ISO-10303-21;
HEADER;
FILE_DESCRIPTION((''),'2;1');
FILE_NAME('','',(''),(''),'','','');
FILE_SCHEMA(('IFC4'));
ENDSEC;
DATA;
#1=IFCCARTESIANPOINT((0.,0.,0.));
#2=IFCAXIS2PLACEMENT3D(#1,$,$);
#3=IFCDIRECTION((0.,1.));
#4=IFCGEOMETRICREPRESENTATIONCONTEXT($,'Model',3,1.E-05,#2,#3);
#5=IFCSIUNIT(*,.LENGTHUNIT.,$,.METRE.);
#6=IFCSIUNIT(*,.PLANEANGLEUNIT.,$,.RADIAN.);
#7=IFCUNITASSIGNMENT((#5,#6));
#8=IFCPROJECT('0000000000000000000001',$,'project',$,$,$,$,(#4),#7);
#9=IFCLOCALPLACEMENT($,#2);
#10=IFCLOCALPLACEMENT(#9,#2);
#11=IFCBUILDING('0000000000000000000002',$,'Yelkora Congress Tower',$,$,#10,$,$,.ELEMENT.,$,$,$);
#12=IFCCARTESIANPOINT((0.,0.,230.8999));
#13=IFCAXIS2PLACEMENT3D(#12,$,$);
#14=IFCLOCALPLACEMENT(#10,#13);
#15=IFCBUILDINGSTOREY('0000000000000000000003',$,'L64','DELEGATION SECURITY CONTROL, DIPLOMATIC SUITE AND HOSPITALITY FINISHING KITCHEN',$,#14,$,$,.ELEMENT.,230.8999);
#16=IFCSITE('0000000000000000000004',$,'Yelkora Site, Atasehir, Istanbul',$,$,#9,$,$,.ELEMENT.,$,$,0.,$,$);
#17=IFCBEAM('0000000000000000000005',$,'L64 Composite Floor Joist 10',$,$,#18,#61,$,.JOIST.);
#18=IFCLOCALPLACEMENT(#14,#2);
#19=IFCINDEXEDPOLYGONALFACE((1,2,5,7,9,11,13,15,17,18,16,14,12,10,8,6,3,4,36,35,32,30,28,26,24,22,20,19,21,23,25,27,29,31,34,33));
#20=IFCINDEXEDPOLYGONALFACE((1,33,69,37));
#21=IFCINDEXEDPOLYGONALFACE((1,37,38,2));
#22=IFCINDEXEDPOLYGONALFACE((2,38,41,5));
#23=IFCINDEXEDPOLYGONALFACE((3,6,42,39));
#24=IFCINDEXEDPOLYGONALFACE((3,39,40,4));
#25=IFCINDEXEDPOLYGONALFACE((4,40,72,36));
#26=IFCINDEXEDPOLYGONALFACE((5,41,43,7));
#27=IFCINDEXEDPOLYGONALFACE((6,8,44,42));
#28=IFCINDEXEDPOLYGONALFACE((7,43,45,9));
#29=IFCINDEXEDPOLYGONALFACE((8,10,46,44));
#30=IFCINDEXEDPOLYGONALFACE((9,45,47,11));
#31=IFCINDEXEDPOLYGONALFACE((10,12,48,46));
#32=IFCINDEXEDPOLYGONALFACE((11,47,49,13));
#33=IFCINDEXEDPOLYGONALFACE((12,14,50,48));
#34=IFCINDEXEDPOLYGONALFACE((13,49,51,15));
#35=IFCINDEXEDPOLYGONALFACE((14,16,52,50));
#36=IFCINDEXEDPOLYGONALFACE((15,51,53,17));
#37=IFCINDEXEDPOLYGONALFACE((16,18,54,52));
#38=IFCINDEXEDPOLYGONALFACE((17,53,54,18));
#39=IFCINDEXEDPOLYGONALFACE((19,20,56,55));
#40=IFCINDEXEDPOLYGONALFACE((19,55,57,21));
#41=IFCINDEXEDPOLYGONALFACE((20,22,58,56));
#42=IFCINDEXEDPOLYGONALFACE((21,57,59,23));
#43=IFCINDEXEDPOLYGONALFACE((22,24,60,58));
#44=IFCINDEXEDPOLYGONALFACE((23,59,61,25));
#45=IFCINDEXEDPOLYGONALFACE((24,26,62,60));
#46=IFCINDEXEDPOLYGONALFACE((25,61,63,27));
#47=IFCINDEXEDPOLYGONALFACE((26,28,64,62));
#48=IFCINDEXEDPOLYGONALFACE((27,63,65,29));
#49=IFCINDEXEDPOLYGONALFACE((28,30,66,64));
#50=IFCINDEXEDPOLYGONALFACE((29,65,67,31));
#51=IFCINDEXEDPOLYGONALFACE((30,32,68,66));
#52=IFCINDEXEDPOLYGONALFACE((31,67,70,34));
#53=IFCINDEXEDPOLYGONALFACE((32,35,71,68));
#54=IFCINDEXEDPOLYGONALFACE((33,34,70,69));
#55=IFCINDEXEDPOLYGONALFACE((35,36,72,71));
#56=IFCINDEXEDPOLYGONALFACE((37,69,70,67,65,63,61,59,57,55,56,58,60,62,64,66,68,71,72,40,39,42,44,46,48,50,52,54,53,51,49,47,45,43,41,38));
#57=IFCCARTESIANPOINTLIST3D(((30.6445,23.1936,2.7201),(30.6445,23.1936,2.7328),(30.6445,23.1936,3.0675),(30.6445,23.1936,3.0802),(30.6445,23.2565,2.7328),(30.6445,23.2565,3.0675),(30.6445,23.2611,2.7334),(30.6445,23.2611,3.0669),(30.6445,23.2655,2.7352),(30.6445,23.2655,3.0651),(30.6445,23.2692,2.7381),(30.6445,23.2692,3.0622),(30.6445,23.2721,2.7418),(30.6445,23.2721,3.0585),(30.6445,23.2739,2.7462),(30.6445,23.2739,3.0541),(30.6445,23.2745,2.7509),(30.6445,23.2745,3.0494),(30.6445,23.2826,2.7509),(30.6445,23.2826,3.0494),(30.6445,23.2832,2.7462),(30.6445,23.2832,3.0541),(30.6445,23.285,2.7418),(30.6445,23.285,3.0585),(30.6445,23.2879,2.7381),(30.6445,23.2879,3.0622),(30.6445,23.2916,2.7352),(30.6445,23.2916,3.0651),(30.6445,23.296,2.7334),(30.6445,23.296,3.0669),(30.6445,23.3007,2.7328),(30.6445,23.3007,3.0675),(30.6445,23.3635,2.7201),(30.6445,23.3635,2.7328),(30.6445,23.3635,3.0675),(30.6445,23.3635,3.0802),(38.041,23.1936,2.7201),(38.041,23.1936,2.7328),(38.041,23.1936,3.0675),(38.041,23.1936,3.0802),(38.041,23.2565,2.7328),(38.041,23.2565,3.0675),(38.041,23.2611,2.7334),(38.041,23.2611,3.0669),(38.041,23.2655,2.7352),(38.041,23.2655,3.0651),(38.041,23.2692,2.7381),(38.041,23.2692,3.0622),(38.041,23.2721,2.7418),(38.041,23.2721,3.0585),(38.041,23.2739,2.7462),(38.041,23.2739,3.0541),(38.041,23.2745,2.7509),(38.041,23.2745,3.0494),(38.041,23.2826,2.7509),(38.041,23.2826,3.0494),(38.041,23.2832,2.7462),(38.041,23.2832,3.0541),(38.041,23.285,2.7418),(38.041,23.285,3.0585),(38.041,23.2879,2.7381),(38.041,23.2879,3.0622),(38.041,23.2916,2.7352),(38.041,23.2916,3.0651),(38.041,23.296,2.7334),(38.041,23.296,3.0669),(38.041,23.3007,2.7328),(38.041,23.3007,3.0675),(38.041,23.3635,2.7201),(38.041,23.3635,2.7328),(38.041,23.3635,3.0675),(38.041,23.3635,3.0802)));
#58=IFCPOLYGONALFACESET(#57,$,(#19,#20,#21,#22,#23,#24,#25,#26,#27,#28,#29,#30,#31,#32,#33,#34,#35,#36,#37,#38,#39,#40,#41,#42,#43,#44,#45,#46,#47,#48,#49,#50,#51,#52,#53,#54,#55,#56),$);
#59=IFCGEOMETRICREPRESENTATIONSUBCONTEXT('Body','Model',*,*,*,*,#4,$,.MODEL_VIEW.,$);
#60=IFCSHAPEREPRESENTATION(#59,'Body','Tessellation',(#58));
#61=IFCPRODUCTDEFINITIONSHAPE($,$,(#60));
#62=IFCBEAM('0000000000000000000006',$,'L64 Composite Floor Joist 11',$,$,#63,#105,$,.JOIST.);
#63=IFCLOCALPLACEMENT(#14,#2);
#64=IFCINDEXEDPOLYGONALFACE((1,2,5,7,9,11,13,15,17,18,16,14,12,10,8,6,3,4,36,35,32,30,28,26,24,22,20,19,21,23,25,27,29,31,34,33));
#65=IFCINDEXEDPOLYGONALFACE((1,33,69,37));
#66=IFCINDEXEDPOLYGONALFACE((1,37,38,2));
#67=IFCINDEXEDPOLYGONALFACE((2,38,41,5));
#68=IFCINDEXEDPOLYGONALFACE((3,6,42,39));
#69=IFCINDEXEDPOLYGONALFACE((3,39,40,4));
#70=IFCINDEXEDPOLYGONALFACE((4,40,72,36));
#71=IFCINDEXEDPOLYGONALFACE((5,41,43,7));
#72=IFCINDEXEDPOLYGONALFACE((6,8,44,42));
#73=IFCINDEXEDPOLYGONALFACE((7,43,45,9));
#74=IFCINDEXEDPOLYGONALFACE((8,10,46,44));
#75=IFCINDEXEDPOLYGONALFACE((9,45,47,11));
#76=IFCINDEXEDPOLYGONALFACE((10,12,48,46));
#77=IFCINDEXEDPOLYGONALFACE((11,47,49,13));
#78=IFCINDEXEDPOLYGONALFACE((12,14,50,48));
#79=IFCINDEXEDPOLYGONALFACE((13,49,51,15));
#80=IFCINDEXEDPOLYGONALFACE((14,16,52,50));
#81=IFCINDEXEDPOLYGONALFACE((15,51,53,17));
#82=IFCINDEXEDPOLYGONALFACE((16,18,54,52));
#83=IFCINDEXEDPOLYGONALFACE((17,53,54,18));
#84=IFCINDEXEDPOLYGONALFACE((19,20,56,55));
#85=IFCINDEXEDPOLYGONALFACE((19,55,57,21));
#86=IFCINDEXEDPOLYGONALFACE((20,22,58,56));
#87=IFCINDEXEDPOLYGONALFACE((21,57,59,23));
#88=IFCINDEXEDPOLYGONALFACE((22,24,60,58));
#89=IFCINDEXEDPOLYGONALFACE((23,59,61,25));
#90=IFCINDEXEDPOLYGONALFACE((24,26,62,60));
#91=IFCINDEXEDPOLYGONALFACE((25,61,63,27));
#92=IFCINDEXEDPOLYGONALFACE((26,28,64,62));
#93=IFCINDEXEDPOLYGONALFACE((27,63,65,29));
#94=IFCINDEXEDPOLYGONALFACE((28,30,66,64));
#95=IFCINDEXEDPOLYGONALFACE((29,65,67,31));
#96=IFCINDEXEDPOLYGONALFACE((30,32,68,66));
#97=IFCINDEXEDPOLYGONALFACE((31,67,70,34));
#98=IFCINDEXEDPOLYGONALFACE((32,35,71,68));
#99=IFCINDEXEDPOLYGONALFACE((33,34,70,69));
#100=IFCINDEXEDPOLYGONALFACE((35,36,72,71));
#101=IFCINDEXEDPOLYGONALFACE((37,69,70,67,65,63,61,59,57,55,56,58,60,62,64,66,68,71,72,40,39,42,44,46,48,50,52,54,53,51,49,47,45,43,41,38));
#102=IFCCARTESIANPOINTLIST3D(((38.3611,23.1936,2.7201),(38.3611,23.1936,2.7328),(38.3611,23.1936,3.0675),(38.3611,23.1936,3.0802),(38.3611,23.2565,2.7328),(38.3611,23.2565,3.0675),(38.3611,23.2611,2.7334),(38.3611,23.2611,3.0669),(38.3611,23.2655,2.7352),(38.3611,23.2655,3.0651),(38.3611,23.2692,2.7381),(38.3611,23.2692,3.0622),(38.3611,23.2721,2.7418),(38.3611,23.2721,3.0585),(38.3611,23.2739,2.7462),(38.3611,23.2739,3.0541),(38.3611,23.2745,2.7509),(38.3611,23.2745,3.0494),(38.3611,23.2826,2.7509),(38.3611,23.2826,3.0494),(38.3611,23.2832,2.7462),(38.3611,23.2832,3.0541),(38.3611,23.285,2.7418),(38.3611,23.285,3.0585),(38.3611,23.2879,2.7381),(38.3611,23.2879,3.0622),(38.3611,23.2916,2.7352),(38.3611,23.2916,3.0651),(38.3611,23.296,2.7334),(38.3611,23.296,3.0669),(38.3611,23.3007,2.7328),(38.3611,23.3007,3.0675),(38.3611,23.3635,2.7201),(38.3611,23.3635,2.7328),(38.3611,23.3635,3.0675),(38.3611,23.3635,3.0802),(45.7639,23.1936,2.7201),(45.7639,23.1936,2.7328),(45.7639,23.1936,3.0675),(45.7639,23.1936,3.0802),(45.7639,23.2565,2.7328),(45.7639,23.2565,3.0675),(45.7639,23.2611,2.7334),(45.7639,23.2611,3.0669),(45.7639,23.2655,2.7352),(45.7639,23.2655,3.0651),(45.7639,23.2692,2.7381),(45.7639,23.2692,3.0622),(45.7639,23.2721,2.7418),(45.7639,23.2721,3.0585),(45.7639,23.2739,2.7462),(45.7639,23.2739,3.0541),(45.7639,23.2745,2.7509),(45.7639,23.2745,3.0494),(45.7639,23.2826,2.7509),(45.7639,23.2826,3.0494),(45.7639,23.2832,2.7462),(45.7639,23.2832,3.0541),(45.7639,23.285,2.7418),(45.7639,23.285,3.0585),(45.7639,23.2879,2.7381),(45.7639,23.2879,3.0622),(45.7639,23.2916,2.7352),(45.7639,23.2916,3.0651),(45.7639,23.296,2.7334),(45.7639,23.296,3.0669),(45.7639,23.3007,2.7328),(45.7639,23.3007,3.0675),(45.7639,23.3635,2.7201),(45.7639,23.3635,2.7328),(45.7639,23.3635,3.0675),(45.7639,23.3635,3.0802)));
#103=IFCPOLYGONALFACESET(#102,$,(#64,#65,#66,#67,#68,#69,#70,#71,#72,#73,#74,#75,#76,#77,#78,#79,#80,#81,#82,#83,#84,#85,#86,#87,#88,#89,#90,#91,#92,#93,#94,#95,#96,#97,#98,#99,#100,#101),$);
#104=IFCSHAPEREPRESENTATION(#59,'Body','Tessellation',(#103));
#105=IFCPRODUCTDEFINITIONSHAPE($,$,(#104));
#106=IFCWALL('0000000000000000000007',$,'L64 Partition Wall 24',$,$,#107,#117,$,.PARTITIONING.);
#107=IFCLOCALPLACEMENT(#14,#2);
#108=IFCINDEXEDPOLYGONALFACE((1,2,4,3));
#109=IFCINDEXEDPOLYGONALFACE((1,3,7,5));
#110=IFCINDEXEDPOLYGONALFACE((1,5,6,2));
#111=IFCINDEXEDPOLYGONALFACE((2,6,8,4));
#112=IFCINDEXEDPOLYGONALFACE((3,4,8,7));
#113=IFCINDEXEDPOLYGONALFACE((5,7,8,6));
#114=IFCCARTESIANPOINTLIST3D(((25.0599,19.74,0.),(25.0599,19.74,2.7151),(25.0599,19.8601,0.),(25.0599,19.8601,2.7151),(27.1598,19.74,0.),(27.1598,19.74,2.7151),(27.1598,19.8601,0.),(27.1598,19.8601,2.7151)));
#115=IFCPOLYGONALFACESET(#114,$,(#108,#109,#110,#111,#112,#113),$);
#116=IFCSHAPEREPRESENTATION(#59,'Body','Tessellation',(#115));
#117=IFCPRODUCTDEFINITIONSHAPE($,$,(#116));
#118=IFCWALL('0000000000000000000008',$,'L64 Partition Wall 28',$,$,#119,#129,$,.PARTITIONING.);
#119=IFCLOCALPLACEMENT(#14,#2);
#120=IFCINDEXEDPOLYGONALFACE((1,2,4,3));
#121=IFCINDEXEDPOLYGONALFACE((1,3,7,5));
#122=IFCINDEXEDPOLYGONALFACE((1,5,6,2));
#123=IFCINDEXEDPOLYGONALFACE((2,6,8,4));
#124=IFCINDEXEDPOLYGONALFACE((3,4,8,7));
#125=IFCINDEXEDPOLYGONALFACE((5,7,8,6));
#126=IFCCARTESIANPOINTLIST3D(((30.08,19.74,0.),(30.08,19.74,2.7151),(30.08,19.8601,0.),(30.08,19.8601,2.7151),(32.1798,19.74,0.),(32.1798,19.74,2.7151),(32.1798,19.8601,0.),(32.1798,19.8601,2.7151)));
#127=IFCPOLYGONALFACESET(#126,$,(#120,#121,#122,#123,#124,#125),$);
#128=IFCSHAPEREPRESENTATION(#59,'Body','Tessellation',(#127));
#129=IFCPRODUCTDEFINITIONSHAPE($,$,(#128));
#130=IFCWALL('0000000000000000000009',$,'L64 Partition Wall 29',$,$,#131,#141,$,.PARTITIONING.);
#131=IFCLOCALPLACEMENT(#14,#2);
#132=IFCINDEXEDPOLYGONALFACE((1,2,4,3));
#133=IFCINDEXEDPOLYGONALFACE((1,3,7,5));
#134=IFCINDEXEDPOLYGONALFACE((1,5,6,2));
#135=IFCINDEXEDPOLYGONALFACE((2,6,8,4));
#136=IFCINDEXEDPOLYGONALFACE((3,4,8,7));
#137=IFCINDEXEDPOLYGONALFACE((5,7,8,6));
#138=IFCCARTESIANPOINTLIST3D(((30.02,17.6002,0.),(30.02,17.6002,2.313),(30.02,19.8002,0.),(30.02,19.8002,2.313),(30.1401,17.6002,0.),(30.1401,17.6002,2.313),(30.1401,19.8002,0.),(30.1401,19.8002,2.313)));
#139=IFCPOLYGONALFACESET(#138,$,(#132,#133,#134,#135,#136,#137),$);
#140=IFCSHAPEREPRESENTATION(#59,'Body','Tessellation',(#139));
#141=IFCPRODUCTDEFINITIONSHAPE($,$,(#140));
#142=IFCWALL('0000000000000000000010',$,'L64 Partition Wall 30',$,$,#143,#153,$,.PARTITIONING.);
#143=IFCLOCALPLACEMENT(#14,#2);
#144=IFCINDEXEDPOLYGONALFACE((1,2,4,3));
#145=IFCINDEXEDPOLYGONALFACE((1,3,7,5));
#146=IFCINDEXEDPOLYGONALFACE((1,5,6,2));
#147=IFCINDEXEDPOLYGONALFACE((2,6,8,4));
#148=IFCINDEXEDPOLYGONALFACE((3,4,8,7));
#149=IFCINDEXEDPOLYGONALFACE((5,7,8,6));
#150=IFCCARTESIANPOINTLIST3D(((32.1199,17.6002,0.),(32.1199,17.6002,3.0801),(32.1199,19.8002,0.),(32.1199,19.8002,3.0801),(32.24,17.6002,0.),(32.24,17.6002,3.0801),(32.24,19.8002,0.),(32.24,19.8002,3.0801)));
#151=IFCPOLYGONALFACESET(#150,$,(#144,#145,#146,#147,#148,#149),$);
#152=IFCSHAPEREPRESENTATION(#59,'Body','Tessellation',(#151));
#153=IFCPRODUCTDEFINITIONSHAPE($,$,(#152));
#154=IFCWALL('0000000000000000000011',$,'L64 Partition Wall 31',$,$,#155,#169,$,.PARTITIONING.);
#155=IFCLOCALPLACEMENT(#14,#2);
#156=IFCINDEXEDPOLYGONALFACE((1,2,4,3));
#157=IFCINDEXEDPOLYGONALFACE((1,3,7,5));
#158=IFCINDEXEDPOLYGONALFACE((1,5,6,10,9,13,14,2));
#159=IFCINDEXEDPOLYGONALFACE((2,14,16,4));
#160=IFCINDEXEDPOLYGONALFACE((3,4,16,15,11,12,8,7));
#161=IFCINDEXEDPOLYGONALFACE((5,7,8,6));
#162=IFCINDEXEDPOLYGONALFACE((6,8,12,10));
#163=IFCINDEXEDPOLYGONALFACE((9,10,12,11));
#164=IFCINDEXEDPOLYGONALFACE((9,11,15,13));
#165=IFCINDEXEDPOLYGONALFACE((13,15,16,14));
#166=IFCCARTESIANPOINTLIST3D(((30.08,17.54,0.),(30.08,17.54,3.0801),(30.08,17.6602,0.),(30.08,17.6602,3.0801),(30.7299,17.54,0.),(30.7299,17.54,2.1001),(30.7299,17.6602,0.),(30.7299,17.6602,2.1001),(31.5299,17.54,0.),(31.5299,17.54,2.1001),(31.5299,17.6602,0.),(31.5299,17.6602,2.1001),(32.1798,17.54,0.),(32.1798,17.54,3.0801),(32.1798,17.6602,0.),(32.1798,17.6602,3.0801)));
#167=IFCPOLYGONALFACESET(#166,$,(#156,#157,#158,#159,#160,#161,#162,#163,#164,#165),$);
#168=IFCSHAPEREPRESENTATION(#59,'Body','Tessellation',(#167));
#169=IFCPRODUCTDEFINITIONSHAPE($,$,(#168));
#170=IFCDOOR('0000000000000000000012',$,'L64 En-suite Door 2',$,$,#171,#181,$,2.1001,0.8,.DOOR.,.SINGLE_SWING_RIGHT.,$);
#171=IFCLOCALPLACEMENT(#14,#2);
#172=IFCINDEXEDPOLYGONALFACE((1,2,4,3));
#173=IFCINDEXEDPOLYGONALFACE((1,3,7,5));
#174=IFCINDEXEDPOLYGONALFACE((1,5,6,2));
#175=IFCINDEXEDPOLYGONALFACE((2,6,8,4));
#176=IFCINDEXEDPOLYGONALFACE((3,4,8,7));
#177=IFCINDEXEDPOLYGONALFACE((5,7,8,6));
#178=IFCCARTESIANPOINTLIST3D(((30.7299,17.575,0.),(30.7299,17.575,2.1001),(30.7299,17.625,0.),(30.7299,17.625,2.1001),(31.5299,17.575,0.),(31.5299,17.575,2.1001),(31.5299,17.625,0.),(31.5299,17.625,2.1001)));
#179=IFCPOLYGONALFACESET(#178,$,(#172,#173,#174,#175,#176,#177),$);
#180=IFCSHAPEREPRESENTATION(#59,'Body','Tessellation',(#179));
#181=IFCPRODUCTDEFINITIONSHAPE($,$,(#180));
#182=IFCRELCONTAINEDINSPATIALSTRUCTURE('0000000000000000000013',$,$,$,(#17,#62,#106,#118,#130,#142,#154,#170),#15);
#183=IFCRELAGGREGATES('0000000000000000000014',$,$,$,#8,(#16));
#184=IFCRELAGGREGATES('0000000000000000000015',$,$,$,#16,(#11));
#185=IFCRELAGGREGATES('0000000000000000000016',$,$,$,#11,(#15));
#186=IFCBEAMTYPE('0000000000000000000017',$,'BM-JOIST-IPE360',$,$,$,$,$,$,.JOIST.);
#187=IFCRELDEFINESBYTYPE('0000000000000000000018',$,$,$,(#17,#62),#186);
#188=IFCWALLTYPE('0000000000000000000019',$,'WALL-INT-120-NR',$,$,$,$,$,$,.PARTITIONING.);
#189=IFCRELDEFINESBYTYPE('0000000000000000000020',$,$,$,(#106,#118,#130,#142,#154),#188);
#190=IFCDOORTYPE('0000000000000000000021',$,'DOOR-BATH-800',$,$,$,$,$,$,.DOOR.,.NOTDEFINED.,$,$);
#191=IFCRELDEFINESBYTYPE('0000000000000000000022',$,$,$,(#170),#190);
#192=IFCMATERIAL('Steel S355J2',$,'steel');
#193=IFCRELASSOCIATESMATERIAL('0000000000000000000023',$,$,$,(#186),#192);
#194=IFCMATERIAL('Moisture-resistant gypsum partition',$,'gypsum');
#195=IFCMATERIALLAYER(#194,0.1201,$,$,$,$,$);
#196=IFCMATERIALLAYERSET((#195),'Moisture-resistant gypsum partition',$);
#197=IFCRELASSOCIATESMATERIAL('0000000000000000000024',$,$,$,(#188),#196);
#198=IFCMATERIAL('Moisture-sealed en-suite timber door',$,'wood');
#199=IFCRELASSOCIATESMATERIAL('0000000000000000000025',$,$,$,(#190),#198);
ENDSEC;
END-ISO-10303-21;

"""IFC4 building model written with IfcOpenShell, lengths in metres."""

from ifc_helpers import new_model, si_unit, direction, frame, frame_2d, origin, origin_2d, place, context, subcontext, project, spatial, rectangle, i_section, extrude, material, layer, layer_set, material_profile, profile_set, type_object, element, fill, save


model = new_model("IFC4")

# Units and contexts
model_context = context("Model", 3, precision=1e-05, world=origin(), true_north=direction((0.0, 1.0)))
body_context = subcontext(model_context, "Body", "Model", "MODEL_VIEW")
ifc_project = project(units=[si_unit("LENGTHUNIT", "METRE"), si_unit("PLANEANGLEUNIT", "RADIAN")], contexts=[model_context])

# Site, building, storey
site_placement = place(None, origin())
site = spatial("IfcSite", under=ifc_project, at=site_placement, Name="Yelkora Site, Atasehir, Istanbul", CompositionType="ELEMENT", RefElevation=0.0)
building_placement = place(site_placement, origin())
building = spatial("IfcBuilding", under=site, at=building_placement, Name="Yelkora Congress Tower", CompositionType="ELEMENT")
storey_placement = place(building_placement, frame((0.0, 0.0, 230.8999)))
storey = spatial("IfcBuildingStorey", under=building, at=storey_placement, Name="L64", Description="DELEGATION SECURITY CONTROL, DIPLOMATIC SUITE AND HOSPITALITY FINISHING KITCHEN", CompositionType="ELEMENT", Elevation=230.8999)

# Beams
ifc_material_1 = material(Name="Steel S355J2", Category="steel")
ifc_material_profile_1 = material_profile(ifc_material_1, i_section(OverallWidth=0.1699, OverallDepth=0.3601, WebThickness=0.0081, FlangeThickness=0.0127, FilletRadius=0.0181, at=origin_2d()), Name="IPE 360")
ifc_profile_set_1 = profile_set([ifc_material_profile_1], Name="Steel S355J2")
beam_type_1 = type_object("IfcBeamType", Name="BM-JOIST-IPE360", PredefinedType="JOIST", material=ifc_profile_set_1)
beam_1_placement = place(storey_placement, frame((30.6445, 23.2786, 2.9001), z_axis=(1.0, 0.0, 0.0), x_axis=(0.0, 1.0, 0.0)))
element("IfcBeam", 1, at=beam_1_placement, inside=storey, type_object=beam_type_1, Name="L64 Composite Floor Joist 10", PredefinedType="JOIST", context=body_context, shape_type="SweptSolid", body=[
    extrude(i_section(OverallWidth=0.1699, OverallDepth=0.3601, WebThickness=0.0081, FlangeThickness=0.0127, FilletRadius=0.0181, at=origin_2d()), origin(), (0.0, 0.0, 1.0), 7.3965),
])
beam_2_placement = place(storey_placement, frame((38.3611, 23.2786, 2.9001), z_axis=(1.0, 0.0, 0.0), x_axis=(0.0, 1.0, 0.0)))
element("IfcBeam", 2, at=beam_2_placement, inside=storey, type_object=beam_type_1, Name="L64 Composite Floor Joist 11", PredefinedType="JOIST", context=body_context, shape_type="SweptSolid", body=[
    extrude(i_section(OverallWidth=0.1699, OverallDepth=0.3601, WebThickness=0.0081, FlangeThickness=0.0127, FilletRadius=0.0181, at=origin_2d()), origin(), (0.0, 0.0, 1.0), 7.4028),
])

# Walls
ifc_material_2 = material(Name="Moisture-resistant gypsum partition", Category="gypsum")
ifc_layer_1 = layer(ifc_material_2, 0.1201)
ifc_layer_set_1 = layer_set([ifc_layer_1], Name="Moisture-resistant gypsum partition")
wall_type_1 = type_object("IfcWallType", Name="WALL-INT-120-NR", PredefinedType="PARTITIONING", material=ifc_layer_set_1)
for number, where, z_axis, x_axis, name in (
    (3, (25.0601, 19.8, 0.0), (0.0, 0.0, 1.0), (1.0, 0.0, 0.0), "L64 Partition Wall 24"),
    (4, (30.0801, 19.8, 0.0), (0.0, 0.0, 1.0), (1.0, 0.0, 0.0), "L64 Partition Wall 28"),
):
    element("IfcWall", number, at=place(storey_placement, frame(where, z_axis=z_axis, x_axis=x_axis)), inside=storey, type_object=wall_type_1, Name=name, PredefinedType="PARTITIONING", context=body_context, shape_type="SweptSolid", body=[
        extrude(rectangle(XDim=2.0999, YDim=0.1201, at=frame_2d((1.0498, 0.0))), origin(), (0.0, 0.0, 1.0), 2.7151),
    ])
wall_1_placement = place(storey_placement, frame((30.0801, 17.6001, 0.0), z_axis=(0.0, 0.0, 1.0), x_axis=(0.0, 1.0, 0.0)))
element("IfcWall", 5, at=wall_1_placement, inside=storey, type_object=wall_type_1, Name="L64 Partition Wall 29", PredefinedType="PARTITIONING", context=body_context, shape_type="SweptSolid", body=[
    extrude(rectangle(XDim=2.2, YDim=0.1201, at=frame_2d((1.1001, 0.0))), origin(), (0.0, 0.0, 1.0), 2.313),
])
wall_2_placement = place(storey_placement, frame((32.1799, 17.6001, 0.0), z_axis=(0.0, 0.0, 1.0), x_axis=(0.0, 1.0, 0.0)))
element("IfcWall", 6, at=wall_2_placement, inside=storey, type_object=wall_type_1, Name="L64 Partition Wall 30", PredefinedType="PARTITIONING", context=body_context, shape_type="SweptSolid", body=[
    extrude(rectangle(XDim=2.2, YDim=0.1201, at=frame_2d((1.1001, 0.0))), origin(), (0.0, 0.0, 1.0), 3.0801),
])

# Wall, opening, door
wall_3_placement = place(storey_placement, frame((30.0801, 17.6001, 0.0), z_axis=(0.0, 0.0, 1.0), x_axis=(1.0, 0.0, 0.0)))
wall_3 = element("IfcWall", 7, at=wall_3_placement, inside=storey, type_object=wall_type_1, Name="L64 Partition Wall 31", PredefinedType="PARTITIONING", context=body_context, shape_type="SweptSolid", body=[
    extrude(rectangle(XDim=2.0999, YDim=0.1201, at=frame_2d((1.0498, 0.0))), origin(), (0.0, 0.0, 1.0), 3.0801),
])
opening_1_placement = place(wall_3_placement, frame((0.6499, 0.0, 0.0)))
opening_1 = element("IfcOpeningElement", 8, at=opening_1_placement, cuts=wall_3, PredefinedType="OPENING", context=body_context, shape_type="SweptSolid", body=[
    extrude(rectangle(XDim=0.8, YDim=2.1001, at=frame_2d((0.3999, 1.05))), frame((0.0, 0.0701, 0.0), z_axis=(0.0, -1.0, 0.0), x_axis=(1.0, 0.0, 0.0)), (0.0, 0.0, 1.0), 0.1401),
])
ifc_material_3 = material(Name="Moisture-sealed en-suite timber door", Category="wood")
door_type_1 = type_object("IfcDoorType", Name="DOOR-BATH-800", OperationType="NOTDEFINED", PredefinedType="DOOR", material=ifc_material_3)
door_1_placement = place(opening_1_placement, origin())
door_1 = element("IfcDoor", 9, at=door_1_placement, inside=storey, type_object=door_type_1, Name="L64 En-suite Door 2", OperationType="SINGLE_SWING_RIGHT", OverallHeight=2.1001, OverallWidth=0.8, PredefinedType="DOOR", context=body_context, shape_type="SweptSolid", body=[
    extrude(rectangle(XDim=0.8, YDim=2.1001, at=frame_2d((0.3999, 1.05))), frame((0.0, 0.0249, 0.0), z_axis=(0.0, -1.0, 0.0), x_axis=(1.0, 0.0, 0.0)), (0.0, 0.0, 1.0), 0.05),
])
fill(opening_1, door_1)

save(model, "model.ifc")
